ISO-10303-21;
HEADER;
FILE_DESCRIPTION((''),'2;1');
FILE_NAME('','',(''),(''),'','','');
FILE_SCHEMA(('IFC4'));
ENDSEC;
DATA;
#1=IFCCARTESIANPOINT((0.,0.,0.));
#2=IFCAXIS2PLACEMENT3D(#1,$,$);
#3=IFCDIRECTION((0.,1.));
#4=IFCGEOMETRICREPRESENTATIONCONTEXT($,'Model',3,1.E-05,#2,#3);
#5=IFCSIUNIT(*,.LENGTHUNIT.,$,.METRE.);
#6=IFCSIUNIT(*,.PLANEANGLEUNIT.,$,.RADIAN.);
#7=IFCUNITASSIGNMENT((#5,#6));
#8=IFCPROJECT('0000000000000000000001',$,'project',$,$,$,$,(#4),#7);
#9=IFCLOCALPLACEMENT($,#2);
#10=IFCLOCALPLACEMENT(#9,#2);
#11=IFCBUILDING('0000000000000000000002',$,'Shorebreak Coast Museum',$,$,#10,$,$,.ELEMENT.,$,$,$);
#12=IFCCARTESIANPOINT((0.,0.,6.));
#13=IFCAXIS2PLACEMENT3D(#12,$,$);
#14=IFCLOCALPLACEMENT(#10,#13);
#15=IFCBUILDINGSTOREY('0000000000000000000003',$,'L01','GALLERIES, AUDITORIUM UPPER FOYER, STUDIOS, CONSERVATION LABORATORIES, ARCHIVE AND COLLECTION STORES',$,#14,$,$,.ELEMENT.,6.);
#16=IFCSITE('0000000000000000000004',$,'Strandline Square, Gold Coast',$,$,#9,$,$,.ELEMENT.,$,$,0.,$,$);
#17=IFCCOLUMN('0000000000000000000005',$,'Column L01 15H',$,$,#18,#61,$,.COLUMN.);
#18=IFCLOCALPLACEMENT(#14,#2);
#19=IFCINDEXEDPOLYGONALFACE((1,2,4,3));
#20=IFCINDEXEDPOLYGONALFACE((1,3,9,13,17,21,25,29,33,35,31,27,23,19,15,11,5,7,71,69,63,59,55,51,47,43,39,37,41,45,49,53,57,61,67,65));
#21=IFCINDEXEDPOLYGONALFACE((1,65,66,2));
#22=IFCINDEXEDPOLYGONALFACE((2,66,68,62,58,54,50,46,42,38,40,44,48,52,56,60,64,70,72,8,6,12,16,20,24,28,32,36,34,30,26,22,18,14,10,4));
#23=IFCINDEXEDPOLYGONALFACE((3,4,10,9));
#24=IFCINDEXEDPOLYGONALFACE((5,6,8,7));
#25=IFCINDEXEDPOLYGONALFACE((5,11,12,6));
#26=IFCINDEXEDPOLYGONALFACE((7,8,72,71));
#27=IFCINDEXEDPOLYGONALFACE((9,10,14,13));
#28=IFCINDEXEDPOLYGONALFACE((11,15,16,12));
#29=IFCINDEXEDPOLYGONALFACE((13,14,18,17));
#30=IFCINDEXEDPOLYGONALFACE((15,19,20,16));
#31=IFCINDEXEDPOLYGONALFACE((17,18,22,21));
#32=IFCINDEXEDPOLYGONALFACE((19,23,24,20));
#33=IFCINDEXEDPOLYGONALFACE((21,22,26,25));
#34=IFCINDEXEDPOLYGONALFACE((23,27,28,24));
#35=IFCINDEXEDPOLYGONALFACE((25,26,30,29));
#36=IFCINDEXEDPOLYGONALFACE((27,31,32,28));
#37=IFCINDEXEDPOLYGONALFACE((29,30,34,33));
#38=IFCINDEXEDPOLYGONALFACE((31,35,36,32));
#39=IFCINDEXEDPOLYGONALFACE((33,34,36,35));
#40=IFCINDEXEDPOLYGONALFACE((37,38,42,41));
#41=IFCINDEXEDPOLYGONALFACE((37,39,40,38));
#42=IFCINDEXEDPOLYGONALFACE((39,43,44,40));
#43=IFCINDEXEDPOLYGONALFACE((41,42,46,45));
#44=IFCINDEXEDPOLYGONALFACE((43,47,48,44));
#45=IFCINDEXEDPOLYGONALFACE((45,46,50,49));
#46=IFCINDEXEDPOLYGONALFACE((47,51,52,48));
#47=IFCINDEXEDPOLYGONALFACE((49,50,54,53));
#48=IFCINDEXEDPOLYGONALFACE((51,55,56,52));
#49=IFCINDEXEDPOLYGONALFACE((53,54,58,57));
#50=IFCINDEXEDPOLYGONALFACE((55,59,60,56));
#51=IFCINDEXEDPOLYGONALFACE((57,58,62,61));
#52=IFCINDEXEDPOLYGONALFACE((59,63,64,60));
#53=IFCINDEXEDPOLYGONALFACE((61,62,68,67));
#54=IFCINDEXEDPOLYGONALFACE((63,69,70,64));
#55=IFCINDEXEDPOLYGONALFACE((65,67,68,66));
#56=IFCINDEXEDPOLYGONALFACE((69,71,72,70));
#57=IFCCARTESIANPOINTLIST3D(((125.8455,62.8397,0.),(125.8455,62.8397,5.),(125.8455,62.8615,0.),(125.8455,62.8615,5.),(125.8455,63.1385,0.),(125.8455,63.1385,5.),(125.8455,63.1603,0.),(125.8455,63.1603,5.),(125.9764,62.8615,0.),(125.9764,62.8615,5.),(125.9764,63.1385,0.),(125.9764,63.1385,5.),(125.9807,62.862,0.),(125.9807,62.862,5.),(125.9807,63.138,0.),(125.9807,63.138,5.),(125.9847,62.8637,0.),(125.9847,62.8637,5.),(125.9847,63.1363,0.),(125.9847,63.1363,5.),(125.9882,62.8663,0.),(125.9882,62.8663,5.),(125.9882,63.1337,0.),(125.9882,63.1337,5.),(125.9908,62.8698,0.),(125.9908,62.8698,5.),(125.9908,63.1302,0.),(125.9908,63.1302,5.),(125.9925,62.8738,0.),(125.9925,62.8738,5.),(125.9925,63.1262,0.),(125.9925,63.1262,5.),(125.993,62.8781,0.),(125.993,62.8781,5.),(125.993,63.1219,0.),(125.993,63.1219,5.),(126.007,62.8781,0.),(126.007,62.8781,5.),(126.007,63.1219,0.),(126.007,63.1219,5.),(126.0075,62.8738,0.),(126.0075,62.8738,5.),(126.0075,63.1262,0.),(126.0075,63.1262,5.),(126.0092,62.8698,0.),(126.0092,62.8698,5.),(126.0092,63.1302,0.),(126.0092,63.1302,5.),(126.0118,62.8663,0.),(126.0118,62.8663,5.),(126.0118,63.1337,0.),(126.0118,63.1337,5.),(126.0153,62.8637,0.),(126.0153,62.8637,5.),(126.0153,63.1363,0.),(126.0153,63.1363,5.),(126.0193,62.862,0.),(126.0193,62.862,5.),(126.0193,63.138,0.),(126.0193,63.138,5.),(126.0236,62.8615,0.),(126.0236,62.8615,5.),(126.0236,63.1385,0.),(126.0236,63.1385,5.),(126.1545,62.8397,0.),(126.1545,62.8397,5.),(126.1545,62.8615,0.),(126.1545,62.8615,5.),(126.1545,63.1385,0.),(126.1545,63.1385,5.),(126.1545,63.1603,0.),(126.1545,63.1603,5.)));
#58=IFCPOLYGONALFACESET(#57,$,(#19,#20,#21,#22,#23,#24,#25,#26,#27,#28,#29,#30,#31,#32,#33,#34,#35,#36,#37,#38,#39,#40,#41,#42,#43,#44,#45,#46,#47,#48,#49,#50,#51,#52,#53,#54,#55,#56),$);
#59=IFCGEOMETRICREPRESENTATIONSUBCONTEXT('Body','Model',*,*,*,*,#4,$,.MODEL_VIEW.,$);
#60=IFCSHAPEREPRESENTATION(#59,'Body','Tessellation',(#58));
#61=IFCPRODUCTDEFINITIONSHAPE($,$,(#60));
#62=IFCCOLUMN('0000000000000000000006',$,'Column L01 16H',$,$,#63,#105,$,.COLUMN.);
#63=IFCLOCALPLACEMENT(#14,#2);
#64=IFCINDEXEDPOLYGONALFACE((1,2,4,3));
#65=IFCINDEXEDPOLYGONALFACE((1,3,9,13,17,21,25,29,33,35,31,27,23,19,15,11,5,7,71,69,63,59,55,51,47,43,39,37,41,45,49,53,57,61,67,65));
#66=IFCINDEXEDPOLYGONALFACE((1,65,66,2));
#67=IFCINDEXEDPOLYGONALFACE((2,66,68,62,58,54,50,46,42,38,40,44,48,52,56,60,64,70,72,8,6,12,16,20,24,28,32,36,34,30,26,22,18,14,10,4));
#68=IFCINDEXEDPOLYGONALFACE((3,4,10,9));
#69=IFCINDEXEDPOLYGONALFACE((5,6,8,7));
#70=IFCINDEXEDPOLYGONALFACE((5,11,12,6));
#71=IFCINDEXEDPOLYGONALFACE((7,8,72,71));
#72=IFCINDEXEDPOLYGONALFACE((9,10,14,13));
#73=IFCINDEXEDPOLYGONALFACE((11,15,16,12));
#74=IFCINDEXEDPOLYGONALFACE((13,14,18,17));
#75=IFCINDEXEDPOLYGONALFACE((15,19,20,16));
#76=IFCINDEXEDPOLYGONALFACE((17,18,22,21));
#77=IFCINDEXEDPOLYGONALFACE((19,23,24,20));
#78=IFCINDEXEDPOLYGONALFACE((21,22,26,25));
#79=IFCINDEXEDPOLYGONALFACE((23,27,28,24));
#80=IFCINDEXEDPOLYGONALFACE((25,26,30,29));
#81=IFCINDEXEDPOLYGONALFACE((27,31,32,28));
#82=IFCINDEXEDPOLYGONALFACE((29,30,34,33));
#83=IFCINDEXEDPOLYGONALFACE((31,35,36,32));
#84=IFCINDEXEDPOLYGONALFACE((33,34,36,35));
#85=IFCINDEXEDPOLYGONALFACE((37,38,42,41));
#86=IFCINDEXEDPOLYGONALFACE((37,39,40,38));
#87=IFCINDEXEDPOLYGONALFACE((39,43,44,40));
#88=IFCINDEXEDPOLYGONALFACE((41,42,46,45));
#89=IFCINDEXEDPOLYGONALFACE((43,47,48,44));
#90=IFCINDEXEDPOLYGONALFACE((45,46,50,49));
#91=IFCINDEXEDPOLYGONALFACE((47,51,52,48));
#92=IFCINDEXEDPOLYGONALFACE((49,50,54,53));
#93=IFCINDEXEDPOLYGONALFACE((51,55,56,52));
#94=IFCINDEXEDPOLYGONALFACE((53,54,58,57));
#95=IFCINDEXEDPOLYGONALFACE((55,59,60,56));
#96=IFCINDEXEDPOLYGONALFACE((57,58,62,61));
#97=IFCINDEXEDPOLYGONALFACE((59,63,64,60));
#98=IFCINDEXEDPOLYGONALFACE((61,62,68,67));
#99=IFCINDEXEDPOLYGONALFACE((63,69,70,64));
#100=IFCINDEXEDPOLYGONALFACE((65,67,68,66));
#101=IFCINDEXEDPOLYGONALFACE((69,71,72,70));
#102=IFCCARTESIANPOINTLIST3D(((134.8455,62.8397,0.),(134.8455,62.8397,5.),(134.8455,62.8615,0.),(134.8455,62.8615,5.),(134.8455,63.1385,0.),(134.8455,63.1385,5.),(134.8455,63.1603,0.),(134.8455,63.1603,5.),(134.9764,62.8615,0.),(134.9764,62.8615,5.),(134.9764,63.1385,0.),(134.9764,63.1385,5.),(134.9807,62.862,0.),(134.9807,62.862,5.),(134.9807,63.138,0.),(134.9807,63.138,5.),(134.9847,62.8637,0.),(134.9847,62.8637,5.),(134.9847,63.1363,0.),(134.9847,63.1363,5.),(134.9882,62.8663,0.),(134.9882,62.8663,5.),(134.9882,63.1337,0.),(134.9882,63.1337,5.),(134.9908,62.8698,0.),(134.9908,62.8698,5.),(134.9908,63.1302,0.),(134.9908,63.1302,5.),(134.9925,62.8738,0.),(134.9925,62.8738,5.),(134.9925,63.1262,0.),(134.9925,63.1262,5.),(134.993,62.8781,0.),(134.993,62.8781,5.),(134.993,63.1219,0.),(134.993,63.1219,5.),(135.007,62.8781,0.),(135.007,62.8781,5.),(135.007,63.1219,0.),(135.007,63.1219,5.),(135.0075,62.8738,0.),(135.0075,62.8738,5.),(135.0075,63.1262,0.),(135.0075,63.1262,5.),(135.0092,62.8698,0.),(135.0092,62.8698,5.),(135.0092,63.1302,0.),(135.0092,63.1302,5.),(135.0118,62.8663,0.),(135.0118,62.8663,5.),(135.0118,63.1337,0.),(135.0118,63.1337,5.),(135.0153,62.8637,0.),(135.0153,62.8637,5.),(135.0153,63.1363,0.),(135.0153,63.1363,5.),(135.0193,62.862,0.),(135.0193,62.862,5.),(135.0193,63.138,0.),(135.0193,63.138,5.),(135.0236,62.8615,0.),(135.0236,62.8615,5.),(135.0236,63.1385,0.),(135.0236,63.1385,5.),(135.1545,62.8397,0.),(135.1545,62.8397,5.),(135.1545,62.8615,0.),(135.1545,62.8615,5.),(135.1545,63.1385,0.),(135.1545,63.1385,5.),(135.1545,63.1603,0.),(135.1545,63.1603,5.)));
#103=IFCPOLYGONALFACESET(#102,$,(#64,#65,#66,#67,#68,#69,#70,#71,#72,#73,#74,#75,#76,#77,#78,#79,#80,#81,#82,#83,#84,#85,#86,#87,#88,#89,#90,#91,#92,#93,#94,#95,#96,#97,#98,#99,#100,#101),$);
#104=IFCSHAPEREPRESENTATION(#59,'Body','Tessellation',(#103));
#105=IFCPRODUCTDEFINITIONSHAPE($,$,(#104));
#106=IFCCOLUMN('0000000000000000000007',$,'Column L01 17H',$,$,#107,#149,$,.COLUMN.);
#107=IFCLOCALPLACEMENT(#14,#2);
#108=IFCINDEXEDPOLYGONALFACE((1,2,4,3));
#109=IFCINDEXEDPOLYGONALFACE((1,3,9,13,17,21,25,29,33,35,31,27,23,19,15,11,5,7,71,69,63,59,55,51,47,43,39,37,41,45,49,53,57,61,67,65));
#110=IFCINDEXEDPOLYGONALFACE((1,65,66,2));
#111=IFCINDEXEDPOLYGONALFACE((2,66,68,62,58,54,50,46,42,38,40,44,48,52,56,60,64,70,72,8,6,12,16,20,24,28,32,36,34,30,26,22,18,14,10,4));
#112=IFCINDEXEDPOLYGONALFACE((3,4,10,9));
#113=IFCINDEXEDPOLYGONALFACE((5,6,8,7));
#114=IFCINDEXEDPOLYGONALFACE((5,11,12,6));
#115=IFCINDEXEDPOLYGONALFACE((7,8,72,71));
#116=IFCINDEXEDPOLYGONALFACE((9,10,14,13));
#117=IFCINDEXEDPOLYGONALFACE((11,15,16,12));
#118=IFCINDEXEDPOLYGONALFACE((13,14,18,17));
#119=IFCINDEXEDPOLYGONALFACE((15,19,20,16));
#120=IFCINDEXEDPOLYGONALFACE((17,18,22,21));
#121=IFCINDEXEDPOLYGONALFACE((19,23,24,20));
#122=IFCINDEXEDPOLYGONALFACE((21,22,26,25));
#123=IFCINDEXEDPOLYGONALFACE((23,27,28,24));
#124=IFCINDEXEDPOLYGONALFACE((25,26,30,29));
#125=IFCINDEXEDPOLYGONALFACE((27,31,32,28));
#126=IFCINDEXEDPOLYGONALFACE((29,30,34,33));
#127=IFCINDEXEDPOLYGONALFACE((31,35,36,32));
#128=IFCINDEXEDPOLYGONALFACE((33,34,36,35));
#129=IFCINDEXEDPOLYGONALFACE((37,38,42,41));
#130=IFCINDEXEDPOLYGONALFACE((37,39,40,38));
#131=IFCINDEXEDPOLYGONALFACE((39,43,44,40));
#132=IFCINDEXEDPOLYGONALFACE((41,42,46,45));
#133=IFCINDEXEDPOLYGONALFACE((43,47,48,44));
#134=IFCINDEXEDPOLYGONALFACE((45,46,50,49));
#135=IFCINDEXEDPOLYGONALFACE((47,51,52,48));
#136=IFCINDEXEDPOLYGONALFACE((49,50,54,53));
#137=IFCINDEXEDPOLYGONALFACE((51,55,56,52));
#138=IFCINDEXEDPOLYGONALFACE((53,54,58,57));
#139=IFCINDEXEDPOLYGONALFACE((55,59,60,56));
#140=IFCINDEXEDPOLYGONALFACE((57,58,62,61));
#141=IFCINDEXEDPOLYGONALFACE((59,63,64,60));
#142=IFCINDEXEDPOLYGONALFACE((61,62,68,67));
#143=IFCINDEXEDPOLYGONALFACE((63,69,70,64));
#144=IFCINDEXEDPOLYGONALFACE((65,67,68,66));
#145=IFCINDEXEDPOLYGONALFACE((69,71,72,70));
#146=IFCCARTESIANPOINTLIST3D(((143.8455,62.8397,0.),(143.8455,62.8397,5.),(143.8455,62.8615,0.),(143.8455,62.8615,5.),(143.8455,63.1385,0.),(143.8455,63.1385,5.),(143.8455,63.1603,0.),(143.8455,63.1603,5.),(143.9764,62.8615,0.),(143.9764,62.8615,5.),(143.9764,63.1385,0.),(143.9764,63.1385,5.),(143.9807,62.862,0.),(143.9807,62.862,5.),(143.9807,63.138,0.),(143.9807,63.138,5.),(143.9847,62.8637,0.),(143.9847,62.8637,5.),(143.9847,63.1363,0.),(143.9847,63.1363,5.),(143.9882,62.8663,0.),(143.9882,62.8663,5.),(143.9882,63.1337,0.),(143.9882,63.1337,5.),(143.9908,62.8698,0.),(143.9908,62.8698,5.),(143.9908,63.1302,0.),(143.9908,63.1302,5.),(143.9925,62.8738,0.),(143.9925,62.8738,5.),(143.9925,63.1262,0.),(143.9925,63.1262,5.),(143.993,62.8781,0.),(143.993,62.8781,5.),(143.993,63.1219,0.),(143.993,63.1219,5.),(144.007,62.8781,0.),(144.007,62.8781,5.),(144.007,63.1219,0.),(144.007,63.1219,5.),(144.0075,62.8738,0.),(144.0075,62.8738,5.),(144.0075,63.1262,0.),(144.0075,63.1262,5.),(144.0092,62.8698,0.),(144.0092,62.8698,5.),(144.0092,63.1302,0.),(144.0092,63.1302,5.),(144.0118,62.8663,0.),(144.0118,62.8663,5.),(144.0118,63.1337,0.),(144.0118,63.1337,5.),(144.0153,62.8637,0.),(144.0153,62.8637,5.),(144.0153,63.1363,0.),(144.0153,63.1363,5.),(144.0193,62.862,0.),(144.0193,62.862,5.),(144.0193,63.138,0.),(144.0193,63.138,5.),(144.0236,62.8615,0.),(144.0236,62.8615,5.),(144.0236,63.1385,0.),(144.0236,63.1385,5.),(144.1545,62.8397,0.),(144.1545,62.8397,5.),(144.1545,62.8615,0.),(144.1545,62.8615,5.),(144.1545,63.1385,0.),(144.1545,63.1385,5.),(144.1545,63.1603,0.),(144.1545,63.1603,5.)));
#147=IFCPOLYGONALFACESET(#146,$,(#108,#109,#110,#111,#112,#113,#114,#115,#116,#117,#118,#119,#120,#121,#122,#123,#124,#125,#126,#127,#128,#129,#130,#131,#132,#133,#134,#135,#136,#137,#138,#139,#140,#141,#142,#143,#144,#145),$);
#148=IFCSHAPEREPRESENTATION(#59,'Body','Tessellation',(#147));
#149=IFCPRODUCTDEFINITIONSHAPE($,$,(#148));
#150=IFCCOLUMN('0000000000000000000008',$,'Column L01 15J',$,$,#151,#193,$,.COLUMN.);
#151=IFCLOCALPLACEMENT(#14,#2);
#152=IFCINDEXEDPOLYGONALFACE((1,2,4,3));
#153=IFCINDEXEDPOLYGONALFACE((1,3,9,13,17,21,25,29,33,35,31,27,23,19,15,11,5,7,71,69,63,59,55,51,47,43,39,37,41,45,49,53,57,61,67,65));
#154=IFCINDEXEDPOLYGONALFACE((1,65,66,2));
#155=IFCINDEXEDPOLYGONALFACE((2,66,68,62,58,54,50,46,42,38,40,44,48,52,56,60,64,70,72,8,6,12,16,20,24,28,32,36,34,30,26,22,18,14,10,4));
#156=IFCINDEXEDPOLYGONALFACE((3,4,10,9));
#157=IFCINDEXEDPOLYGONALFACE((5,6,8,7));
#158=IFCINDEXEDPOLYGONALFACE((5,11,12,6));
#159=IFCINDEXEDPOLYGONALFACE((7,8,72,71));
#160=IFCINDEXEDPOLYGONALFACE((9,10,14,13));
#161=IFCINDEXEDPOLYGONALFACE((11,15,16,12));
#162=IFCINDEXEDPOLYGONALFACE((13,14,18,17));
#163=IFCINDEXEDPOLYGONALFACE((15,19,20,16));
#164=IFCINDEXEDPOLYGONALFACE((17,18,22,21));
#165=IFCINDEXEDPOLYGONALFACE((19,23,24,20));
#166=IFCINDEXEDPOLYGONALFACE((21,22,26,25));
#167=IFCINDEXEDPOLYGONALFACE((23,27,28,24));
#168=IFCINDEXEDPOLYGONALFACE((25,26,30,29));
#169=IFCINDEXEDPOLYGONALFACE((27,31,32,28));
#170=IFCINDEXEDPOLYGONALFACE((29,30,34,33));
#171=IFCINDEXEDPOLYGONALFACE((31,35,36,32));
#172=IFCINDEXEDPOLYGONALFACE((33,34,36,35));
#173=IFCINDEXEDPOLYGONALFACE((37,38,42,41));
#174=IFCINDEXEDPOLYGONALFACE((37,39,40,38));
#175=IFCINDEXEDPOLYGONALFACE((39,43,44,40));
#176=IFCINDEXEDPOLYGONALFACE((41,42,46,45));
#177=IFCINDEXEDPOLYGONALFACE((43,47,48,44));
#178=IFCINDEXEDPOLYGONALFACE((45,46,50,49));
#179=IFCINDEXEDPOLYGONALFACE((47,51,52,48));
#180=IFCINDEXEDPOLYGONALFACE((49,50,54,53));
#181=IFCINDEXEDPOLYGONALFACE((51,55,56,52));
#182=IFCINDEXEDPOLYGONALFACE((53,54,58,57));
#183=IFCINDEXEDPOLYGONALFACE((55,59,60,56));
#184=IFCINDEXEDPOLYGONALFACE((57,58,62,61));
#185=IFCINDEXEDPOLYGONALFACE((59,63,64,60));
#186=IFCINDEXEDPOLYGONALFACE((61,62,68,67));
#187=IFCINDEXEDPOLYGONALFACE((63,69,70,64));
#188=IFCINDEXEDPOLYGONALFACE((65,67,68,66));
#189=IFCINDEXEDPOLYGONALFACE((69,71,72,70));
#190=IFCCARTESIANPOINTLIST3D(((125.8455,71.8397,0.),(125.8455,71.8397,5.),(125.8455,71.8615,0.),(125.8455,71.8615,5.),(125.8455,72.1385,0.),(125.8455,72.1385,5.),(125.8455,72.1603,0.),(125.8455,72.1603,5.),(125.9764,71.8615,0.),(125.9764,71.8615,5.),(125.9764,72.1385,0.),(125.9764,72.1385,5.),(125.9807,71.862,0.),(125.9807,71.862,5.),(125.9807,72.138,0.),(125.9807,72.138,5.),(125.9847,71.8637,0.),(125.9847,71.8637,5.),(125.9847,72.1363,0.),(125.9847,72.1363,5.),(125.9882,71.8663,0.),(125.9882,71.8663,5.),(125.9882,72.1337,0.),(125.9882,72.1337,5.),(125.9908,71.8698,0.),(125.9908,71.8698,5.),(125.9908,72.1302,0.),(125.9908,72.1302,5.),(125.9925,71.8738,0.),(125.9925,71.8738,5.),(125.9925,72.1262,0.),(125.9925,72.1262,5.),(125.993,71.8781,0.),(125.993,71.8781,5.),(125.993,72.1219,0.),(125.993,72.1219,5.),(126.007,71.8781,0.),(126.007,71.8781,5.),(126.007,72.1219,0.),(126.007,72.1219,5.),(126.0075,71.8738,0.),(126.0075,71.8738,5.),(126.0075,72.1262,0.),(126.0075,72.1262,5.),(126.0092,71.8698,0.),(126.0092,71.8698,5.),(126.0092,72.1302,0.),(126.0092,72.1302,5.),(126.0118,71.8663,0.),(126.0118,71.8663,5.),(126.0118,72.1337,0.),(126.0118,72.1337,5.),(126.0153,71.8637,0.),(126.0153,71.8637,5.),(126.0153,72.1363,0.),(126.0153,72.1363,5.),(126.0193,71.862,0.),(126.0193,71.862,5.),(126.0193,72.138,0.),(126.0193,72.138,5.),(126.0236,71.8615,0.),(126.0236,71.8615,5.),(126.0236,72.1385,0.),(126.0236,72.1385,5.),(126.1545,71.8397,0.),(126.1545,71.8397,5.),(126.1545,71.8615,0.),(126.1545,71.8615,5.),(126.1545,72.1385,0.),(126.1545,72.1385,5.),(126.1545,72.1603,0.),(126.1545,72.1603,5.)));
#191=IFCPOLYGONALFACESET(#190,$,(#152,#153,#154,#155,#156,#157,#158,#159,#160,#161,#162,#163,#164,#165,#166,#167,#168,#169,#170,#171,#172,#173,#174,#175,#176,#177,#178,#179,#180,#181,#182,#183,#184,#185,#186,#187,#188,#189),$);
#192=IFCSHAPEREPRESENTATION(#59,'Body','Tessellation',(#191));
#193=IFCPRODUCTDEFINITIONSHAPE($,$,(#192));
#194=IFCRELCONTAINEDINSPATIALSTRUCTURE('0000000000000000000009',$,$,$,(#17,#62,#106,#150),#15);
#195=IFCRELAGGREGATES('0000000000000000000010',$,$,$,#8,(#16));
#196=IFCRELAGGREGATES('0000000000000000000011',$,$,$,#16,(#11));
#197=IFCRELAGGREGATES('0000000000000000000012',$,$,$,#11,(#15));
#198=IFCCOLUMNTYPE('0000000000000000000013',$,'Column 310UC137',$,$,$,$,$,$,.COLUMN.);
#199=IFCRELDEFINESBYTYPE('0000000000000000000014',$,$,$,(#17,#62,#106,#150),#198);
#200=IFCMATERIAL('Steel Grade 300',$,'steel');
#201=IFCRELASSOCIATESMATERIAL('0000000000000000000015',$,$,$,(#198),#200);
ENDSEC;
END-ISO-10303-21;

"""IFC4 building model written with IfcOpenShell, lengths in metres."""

from ifc_helpers import new_model, si_unit, direction, frame, origin, origin_2d, place, context, subcontext, project, spatial, i_section, extrude, material, material_profile, profile_set, type_object, element, save


model = new_model("IFC4")

# Units and contexts
model_context = context("Model", 3, precision=1e-05, world=origin(), true_north=direction((0.0, 1.0)))
body_context = subcontext(model_context, "Body", "Model", "MODEL_VIEW")
ifc_project = project(units=[si_unit("LENGTHUNIT", "METRE"), si_unit("PLANEANGLEUNIT", "RADIAN")], contexts=[model_context])

# Site, building, storey
site_placement = place(None, origin())
site = spatial("IfcSite", under=ifc_project, at=site_placement, Name="Strandline Square, Gold Coast", CompositionType="ELEMENT", RefElevation=0.0)
building_placement = place(site_placement, origin())
building = spatial("IfcBuilding", under=site, at=building_placement, Name="Shorebreak Coast Museum", CompositionType="ELEMENT")
storey_placement = place(building_placement, frame((0.0, 0.0, 6.0)))
storey = spatial("IfcBuildingStorey", under=building, at=storey_placement, Name="L01", Description="GALLERIES, AUDITORIUM UPPER FOYER, STUDIOS, CONSERVATION LABORATORIES, ARCHIVE AND COLLECTION STORES", CompositionType="ELEMENT", Elevation=6.0)

# Columns
ifc_material_1 = material(Name="Steel Grade 300", Category="steel")
ifc_material_profile_1 = material_profile(ifc_material_1, i_section(OverallWidth=0.3091, OverallDepth=0.3206, WebThickness=0.0139, FlangeThickness=0.0217, FilletRadius=0.0166, at=origin_2d()), Name="310UC137")
ifc_profile_set_1 = profile_set([ifc_material_profile_1], Name="Steel Grade 300")
column_type = type_object("IfcColumnType", Name="Column 310UC137", PredefinedType="COLUMN", material=ifc_profile_set_1)
for number, where, z_axis, x_axis, name in (
    (1, (126.0, 63.0, 0.0), (0.0, 0.0, 1.0), (1.0, 0.0, 0.0), "Column L01 15H"),
    (2, (135.0, 63.0, 0.0), (0.0, 0.0, 1.0), (1.0, 0.0, 0.0), "Column L01 16H"),
    (3, (144.0, 63.0, 0.0), (0.0, 0.0, 1.0), (1.0, 0.0, 0.0), "Column L01 17H"),
    (4, (126.0, 72.0, 0.0), (0.0, 0.0, 1.0), (1.0, 0.0, 0.0), "Column L01 15J"),
):
    element("IfcColumn", number, at=place(storey_placement, frame(where, z_axis=z_axis, x_axis=x_axis)), inside=storey, type_object=column_type, Name=name, PredefinedType="COLUMN", context=body_context, shape_type="SweptSolid", body=[
        extrude(i_section(OverallWidth=0.3091, OverallDepth=0.3206, WebThickness=0.0139, FlangeThickness=0.0217, FilletRadius=0.0166, at=origin_2d()), origin(), (0.0, 0.0, 1.0), 5.0),
    ])

save(model, "model.ifc")
